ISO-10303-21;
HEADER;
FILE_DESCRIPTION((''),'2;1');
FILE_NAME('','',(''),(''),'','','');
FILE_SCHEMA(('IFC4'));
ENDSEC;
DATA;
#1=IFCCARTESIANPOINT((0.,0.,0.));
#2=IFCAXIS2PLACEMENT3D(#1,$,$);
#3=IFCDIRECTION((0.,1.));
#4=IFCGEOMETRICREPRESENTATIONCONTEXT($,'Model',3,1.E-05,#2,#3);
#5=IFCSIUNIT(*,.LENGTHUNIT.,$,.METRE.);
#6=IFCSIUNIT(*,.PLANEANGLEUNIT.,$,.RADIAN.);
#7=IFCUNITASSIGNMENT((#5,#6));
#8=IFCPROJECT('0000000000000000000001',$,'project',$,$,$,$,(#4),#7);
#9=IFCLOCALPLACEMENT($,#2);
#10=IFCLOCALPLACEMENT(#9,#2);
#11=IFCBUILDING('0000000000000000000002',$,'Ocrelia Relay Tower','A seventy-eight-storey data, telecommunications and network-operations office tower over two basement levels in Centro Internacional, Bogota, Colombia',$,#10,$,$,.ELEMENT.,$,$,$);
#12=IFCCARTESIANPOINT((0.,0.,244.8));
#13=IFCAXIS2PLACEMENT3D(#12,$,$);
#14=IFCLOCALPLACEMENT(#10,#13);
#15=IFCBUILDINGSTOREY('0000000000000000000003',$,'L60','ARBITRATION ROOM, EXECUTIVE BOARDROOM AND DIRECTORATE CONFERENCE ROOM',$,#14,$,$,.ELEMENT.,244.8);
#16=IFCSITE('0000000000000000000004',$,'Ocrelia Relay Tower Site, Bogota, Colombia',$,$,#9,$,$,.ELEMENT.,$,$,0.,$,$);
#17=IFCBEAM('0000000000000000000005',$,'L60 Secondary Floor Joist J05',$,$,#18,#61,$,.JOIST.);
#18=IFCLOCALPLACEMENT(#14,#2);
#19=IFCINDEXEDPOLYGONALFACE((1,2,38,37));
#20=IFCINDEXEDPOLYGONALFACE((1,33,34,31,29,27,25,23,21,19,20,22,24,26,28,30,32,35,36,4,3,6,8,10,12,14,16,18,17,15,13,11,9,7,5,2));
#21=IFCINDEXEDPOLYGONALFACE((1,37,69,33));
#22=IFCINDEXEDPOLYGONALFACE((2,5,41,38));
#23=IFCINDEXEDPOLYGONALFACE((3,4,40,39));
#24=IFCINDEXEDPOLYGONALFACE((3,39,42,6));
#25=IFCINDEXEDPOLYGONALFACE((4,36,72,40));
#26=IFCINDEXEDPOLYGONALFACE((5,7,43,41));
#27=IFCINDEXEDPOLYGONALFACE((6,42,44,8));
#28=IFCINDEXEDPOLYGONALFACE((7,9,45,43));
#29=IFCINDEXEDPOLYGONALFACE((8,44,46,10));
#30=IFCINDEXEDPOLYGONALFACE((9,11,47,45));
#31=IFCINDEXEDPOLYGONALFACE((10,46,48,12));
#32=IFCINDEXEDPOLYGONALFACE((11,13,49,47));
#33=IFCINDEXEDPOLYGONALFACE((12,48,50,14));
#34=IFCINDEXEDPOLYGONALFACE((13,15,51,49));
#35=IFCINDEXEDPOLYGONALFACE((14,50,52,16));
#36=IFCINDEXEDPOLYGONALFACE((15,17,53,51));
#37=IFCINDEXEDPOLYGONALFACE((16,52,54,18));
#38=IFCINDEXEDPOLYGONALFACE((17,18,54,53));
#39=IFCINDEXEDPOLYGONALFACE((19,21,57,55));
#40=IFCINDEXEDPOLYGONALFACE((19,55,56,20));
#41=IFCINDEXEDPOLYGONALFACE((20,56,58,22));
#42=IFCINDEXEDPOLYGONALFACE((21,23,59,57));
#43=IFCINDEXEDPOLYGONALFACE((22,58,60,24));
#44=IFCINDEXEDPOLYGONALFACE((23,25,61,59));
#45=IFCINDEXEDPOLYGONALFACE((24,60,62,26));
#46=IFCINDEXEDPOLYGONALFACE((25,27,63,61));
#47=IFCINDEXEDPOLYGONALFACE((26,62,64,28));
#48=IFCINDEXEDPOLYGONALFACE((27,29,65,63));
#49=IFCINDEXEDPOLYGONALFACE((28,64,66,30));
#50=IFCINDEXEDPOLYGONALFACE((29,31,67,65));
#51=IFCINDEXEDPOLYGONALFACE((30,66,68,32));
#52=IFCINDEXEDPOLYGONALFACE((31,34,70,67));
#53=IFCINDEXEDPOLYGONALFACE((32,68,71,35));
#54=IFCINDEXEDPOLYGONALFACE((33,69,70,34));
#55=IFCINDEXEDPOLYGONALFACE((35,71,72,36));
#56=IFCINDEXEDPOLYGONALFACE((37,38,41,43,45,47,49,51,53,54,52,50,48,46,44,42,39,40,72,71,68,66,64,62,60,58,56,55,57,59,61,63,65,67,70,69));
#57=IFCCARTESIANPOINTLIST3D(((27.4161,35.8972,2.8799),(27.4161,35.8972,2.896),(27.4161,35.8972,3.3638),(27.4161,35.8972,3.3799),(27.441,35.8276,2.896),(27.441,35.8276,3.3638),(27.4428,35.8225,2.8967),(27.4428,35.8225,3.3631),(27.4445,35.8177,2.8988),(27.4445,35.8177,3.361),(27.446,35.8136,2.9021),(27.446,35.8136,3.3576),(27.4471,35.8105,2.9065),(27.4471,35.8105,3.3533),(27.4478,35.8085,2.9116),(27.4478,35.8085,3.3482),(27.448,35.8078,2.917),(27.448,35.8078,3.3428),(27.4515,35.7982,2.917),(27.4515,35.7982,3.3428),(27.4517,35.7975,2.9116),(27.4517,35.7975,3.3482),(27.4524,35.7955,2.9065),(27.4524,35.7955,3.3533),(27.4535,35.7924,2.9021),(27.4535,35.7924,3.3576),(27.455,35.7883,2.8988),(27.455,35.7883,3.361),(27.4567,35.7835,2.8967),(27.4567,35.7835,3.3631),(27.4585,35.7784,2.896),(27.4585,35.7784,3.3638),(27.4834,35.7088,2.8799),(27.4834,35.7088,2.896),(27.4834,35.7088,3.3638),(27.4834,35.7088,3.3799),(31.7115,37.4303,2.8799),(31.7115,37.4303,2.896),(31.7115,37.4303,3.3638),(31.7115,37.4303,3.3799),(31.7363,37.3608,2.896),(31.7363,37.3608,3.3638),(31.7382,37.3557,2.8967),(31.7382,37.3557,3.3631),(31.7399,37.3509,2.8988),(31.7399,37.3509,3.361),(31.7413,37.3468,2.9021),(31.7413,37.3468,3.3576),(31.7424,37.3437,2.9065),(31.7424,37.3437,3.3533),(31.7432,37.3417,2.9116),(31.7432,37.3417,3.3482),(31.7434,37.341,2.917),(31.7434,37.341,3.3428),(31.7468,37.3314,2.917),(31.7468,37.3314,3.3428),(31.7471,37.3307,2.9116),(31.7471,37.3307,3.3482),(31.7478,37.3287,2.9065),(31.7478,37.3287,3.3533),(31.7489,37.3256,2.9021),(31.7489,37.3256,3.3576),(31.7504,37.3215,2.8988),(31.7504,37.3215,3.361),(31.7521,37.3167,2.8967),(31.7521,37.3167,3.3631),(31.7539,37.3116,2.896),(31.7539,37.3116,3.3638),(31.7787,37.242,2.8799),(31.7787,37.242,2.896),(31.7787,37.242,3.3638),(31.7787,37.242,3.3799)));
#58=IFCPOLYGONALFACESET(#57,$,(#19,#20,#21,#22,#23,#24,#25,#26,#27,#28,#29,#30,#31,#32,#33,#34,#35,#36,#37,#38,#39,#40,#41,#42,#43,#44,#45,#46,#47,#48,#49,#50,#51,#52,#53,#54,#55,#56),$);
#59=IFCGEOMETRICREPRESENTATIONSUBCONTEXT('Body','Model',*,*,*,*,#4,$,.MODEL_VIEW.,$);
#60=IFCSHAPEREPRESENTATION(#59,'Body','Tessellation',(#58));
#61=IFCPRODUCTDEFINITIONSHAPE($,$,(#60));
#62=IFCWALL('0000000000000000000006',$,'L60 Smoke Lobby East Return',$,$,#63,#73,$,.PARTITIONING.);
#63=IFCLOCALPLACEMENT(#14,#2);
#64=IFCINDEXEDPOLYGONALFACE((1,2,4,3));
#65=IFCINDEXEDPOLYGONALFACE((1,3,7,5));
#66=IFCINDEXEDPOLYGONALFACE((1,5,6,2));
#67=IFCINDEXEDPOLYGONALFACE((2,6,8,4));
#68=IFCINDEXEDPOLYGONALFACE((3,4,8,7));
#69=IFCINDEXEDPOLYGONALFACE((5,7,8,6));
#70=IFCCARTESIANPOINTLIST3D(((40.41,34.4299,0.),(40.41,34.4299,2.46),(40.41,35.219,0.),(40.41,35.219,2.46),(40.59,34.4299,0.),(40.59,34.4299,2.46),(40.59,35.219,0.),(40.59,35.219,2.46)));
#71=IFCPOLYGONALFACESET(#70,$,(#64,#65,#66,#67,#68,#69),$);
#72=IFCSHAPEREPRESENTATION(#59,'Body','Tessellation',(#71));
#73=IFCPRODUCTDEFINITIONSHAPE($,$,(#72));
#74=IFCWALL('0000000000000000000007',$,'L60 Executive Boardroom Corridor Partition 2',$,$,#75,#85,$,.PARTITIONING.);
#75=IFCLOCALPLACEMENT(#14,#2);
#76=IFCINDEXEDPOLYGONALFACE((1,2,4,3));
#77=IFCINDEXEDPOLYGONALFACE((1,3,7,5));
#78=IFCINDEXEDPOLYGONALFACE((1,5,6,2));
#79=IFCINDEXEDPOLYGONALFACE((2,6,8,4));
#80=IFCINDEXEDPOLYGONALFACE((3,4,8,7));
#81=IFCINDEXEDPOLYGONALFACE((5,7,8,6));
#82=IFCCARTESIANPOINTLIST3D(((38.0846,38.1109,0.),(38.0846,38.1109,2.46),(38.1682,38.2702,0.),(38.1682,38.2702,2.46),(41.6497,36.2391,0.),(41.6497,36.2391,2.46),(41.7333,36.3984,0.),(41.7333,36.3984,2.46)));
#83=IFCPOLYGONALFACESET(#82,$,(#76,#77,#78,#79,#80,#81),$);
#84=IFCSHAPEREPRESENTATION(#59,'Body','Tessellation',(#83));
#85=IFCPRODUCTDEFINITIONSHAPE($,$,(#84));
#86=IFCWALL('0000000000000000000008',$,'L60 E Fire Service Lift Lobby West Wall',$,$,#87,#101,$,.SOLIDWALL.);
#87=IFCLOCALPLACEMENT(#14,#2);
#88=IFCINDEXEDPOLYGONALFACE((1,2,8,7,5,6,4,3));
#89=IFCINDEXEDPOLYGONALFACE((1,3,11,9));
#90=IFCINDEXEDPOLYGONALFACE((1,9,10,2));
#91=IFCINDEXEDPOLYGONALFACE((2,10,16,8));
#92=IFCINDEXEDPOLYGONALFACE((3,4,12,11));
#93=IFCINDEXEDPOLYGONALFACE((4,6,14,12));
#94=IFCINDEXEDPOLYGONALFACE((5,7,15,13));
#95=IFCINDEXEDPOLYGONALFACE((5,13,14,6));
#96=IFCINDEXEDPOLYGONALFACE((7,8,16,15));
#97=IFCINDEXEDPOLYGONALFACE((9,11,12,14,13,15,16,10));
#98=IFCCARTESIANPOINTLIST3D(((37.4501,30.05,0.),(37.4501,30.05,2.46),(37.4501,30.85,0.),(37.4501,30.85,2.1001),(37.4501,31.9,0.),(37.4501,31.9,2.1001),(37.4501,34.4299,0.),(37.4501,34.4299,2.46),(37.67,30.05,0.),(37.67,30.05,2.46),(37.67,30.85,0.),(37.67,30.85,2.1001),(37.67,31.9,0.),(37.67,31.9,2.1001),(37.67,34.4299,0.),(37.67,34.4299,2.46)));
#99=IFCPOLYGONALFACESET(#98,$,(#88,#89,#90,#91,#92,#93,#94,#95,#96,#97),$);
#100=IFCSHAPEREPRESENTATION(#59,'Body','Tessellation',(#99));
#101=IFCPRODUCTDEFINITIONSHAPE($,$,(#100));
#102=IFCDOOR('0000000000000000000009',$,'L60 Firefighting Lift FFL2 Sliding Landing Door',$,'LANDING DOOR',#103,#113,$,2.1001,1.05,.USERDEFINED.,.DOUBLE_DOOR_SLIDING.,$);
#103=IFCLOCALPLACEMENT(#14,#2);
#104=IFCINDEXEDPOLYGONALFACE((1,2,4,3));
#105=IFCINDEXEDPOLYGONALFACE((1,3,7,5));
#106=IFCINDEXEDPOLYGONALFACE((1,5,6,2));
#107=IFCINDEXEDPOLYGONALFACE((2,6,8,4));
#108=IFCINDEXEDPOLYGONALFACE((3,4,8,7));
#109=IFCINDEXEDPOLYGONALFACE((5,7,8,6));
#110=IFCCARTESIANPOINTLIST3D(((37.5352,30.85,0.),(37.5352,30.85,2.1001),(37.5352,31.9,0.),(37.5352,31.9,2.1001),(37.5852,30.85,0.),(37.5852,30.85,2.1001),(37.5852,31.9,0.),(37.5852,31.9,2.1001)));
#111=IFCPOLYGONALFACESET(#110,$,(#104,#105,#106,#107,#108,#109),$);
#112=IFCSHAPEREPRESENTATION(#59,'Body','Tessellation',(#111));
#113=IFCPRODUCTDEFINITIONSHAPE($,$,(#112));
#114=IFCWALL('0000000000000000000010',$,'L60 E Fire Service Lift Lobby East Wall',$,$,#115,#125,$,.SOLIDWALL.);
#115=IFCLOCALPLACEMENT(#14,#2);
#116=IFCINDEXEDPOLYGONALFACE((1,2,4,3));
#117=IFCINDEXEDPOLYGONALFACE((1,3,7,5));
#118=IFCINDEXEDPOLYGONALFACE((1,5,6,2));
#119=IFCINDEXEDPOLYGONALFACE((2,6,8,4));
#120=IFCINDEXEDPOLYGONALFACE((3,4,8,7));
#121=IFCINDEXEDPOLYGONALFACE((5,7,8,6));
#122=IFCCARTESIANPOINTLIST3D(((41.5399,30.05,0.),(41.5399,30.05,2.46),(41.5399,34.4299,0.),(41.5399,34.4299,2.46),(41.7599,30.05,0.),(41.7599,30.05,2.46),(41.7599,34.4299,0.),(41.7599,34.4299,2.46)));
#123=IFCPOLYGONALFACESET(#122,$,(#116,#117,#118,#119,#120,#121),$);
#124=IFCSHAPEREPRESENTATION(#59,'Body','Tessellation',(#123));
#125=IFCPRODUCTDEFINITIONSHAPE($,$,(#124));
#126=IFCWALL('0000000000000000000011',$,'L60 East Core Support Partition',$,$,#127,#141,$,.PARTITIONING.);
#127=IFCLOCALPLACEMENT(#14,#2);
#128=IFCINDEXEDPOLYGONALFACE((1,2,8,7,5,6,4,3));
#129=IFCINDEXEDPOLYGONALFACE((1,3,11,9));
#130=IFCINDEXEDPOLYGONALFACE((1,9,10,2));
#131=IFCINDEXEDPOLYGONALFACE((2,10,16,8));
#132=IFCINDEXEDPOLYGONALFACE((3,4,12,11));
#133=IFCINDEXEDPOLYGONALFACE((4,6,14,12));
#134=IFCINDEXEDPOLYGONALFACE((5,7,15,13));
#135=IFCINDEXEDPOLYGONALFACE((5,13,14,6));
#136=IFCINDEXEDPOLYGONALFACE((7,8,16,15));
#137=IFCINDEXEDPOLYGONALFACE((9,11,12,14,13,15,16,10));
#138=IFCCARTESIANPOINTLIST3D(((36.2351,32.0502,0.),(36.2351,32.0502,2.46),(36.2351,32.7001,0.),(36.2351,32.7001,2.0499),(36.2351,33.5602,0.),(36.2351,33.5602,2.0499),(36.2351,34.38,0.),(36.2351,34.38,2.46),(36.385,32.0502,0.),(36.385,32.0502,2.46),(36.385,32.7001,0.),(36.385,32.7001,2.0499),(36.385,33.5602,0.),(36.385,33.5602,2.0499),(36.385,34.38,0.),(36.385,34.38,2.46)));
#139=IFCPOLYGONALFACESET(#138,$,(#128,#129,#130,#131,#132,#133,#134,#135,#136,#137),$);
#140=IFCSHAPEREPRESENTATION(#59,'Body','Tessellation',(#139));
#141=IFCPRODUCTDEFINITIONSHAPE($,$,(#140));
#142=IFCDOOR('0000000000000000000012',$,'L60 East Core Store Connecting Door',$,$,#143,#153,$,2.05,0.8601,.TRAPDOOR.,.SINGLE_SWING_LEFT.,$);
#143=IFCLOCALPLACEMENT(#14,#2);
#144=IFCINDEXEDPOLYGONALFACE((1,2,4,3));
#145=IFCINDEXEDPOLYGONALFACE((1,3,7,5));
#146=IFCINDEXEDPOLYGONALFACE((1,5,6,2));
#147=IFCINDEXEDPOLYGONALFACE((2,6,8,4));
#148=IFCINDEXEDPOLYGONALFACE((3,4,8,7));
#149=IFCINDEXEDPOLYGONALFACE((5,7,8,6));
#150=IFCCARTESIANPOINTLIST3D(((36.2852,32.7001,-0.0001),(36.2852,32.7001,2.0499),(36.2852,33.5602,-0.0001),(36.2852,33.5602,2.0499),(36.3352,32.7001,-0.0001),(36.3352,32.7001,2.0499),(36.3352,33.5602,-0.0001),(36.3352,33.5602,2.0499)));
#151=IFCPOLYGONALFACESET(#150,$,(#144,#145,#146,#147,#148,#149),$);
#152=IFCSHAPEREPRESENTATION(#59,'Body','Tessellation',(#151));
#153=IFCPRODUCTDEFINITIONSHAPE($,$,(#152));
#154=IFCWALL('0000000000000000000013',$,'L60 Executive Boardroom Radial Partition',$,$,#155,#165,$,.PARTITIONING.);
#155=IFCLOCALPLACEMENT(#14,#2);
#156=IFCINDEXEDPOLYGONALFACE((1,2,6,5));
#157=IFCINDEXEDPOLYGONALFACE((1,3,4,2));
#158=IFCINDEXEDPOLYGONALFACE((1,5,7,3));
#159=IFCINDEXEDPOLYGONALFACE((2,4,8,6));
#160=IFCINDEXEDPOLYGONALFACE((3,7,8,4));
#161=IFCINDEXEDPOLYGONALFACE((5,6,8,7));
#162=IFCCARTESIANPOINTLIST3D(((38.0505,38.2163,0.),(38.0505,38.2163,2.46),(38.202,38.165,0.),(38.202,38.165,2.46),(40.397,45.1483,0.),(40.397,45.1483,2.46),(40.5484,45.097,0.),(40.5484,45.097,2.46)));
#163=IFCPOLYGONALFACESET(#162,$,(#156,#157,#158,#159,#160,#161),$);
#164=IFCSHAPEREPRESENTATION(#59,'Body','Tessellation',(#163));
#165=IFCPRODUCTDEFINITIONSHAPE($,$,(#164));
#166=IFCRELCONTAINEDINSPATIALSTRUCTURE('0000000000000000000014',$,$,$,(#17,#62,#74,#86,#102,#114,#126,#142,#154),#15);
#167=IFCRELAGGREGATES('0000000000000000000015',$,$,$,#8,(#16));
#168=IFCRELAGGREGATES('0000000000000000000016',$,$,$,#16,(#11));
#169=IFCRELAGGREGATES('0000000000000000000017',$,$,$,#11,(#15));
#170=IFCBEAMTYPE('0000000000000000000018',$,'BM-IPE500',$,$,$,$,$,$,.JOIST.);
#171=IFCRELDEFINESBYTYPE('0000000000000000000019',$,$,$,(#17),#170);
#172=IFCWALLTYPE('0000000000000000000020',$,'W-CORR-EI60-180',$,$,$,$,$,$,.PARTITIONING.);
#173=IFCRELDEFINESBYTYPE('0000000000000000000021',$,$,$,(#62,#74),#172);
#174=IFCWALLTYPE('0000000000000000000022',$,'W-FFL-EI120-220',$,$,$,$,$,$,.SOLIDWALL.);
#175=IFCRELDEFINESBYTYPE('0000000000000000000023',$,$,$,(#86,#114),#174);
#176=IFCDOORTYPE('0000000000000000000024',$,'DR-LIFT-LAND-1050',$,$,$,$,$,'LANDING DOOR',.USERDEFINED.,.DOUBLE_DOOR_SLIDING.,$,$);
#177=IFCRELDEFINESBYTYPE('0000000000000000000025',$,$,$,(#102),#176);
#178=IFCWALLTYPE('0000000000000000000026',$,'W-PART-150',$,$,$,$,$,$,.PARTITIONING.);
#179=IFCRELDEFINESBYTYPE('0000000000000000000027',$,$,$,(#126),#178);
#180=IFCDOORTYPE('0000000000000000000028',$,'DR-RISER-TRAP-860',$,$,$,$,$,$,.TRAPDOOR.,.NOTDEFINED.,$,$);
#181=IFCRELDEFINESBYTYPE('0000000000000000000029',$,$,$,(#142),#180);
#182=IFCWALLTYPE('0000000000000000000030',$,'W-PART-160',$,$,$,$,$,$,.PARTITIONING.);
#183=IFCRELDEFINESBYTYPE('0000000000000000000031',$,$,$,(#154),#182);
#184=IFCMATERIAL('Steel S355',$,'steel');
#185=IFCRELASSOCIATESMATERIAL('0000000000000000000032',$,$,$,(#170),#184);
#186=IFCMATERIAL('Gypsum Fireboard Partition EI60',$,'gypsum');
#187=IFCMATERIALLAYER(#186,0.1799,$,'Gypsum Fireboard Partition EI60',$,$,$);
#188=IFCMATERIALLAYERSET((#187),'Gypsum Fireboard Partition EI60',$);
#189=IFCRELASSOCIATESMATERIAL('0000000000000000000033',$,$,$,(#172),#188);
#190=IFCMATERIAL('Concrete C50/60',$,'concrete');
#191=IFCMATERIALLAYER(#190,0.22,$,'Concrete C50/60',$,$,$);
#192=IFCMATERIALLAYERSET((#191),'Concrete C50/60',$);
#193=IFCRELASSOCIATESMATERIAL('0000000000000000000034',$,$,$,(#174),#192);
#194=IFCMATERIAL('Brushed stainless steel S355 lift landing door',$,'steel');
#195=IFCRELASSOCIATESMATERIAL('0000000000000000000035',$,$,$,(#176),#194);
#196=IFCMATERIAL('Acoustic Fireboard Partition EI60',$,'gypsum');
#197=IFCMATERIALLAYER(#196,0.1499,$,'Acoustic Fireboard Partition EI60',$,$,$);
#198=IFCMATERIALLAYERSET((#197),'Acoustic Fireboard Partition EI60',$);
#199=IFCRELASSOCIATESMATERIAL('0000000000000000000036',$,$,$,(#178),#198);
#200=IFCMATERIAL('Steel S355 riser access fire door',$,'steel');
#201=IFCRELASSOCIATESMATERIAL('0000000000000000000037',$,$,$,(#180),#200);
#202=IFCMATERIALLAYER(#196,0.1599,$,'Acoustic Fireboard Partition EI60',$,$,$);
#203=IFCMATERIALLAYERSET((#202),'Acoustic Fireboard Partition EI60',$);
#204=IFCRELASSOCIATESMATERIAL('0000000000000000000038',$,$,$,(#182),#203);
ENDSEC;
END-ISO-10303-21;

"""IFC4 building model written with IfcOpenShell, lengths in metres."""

from ifc_helpers import new_model, si_unit, direction, frame, frame_2d, origin, origin_2d, place, context, subcontext, project, spatial, rectangle, i_section, extrude, material, layer, layer_set, material_profile, profile_set, type_object, element, fill, save


model = new_model("IFC4")

# Units and contexts
model_context = context("Model", 3, precision=1e-05, world=origin(), true_north=direction((0.0, 1.0)))
body_context = subcontext(model_context, "Body", "Model", "MODEL_VIEW")
ifc_project = project(units=[si_unit("LENGTHUNIT", "METRE"), si_unit("PLANEANGLEUNIT", "RADIAN")], contexts=[model_context])

# Site, building, storey
site_placement = place(None, origin())
site = spatial("IfcSite", under=ifc_project, at=site_placement, Name="Ocrelia Relay Tower Site, Bogota, Colombia", CompositionType="ELEMENT", RefElevation=0.0)
building_placement = place(site_placement, origin())
building = spatial("IfcBuilding", under=site, at=building_placement, Name="Ocrelia Relay Tower", Description="A seventy-eight-storey data, telecommunications and network-operations office tower over two basement levels in Centro Internacional, Bogota, Colombia", CompositionType="ELEMENT")
storey_placement = place(building_placement, frame((0.0, 0.0, 244.8)))
storey = spatial("IfcBuildingStorey", under=building, at=storey_placement, Name="L60", Description="ARBITRATION ROOM, EXECUTIVE BOARDROOM AND DIRECTORATE CONFERENCE ROOM", CompositionType="ELEMENT", Elevation=244.8)

# Shared definitions
ifc_material_1 = material(Name="Concrete C50/60", Category="concrete")

# Beam
ifc_material_2 = material(Name="Steel S355", Category="steel")
ifc_material_profile_1 = material_profile(ifc_material_2, i_section(OverallWidth=0.2, OverallDepth=0.5, WebThickness=0.0103, FlangeThickness=0.0161, FilletRadius=0.021, at=origin_2d()), Name="IPE 500")
ifc_profile_set_1 = profile_set([ifc_material_profile_1], Name="Steel S355")
beam_type = type_object("IfcBeamType", Name="BM-IPE500", PredefinedType="JOIST", material=ifc_profile_set_1)
beam_1_placement = place(storey_placement, frame((31.7451, 37.3362, 3.1299), z_axis=(-0.941802, -0.336167, 0.0), x_axis=(0.336167, -0.941802, 0.0)))
element("IfcBeam", 1, at=beam_1_placement, inside=storey, type_object=beam_type, Name="L60 Secondary Floor Joist J05", PredefinedType="JOIST", context=body_context, shape_type="SweptSolid", body=[
    extrude(i_section(OverallWidth=0.2, OverallDepth=0.5, WebThickness=0.0103, FlangeThickness=0.0161, FilletRadius=0.021, at=origin_2d()), origin(), (0.0, 0.0, 1.0), 4.5608),
])

# Wall
ifc_material_3 = material(Name="Gypsum Fireboard Partition EI60", Category="gypsum")
ifc_layer_1 = layer(ifc_material_3, 0.1799, Name="Gypsum Fireboard Partition EI60")
ifc_layer_set_1 = layer_set([ifc_layer_1], Name="Gypsum Fireboard Partition EI60")
wall_type_1 = type_object("IfcWallType", Name="W-CORR-EI60-180", PredefinedType="PARTITIONING", material=ifc_layer_set_1)
wall_1_placement = place(storey_placement, frame((40.5, 35.219, 0.0), z_axis=(0.0, 0.0, 1.0), x_axis=(0.0, -1.0, 0.0)))
element("IfcWall", 2, at=wall_1_placement, inside=storey, type_object=wall_type_1, Name="L60 Smoke Lobby East Return", PredefinedType="PARTITIONING", context=body_context, shape_type="SweptSolid", body=[
    extrude(rectangle(XDim=0.7891, YDim=0.1799, at=frame_2d((0.3945, 0.0))), origin(), (0.0, 0.0, 1.0), 2.46),
])

# Wall
wall_2_placement = place(storey_placement, frame((41.6914, 36.3188, 0.0), z_axis=(0.0, 0.0, 1.0), x_axis=(-0.885387, 0.464854, 0.0)))
element("IfcWall", 3, at=wall_2_placement, inside=storey, type_object=wall_type_1, Name="L60 Executive Boardroom Corridor Partition 2", PredefinedType="PARTITIONING", context=body_context, shape_type="SweptSolid", body=[
    extrude(rectangle(XDim=4.0266, YDim=0.1799, at=frame_2d((2.0132, 0.0))), origin(), (0.0, 0.0, 1.0), 2.46),
])

# Wall, opening, door
ifc_layer_2 = layer(ifc_material_1, 0.22, Name="Concrete C50/60")
ifc_layer_set_2 = layer_set([ifc_layer_2], Name="Concrete C50/60")
wall_type_2 = type_object("IfcWallType", Name="W-FFL-EI120-220", PredefinedType="SOLIDWALL", material=ifc_layer_set_2)
wall_3_placement = place(storey_placement, frame((37.5601, 30.05, 0.0), z_axis=(0.0, 0.0, 1.0), x_axis=(0.0, 1.0, 0.0)))
wall_3 = element("IfcWall", 4, at=wall_3_placement, inside=storey, type_object=wall_type_2, Name="L60 E Fire Service Lift Lobby West Wall", PredefinedType="SOLIDWALL", context=body_context, shape_type="SweptSolid", body=[
    extrude(rectangle(XDim=4.3799, YDim=0.22, at=frame_2d((2.1899, 0.0))), origin(), (0.0, 0.0, 1.0), 2.46),
])
opening_1_placement = place(wall_3_placement, frame((0.8, 0.0, 0.0)))
opening_1 = element("IfcOpeningElement", 5, at=opening_1_placement, cuts=wall_3, PredefinedType="OPENING", context=body_context, shape_type="SweptSolid", body=[
    extrude(rectangle(XDim=1.05, YDim=2.1001, at=frame_2d((0.5249, 1.05))), frame((0.0, 0.1201, 0.0), z_axis=(0.0, -1.0, 0.0), x_axis=(1.0, 0.0, 0.0)), (0.0, 0.0, 1.0), 0.24),
])
ifc_material_4 = material(Name="Brushed stainless steel S355 lift landing door", Category="steel")
door_type_1 = type_object("IfcDoorType", Name="DR-LIFT-LAND-1050", ElementType="LANDING DOOR", OperationType="DOUBLE_DOOR_SLIDING", PredefinedType="USERDEFINED", material=ifc_material_4)
door_1_placement = place(opening_1_placement, origin())
door_1 = element("IfcDoor", 6, at=door_1_placement, inside=storey, type_object=door_type_1, Name="L60 Firefighting Lift FFL2 Sliding Landing Door", ObjectType="LANDING DOOR", OperationType="DOUBLE_DOOR_SLIDING", OverallHeight=2.1001, OverallWidth=1.05, PredefinedType="USERDEFINED", context=body_context, shape_type="SweptSolid", body=[
    extrude(rectangle(XDim=1.05, YDim=2.1001, at=frame_2d((0.5249, 1.05))), frame((0.0, 0.0249, 0.0), z_axis=(0.0, -1.0, 0.0), x_axis=(1.0, 0.0, 0.0)), (0.0, 0.0, 1.0), 0.05),
])
fill(opening_1, door_1)

# Wall
wall_4_placement = place(storey_placement, frame((41.6499, 30.05, 0.0), z_axis=(0.0, 0.0, 1.0), x_axis=(0.0, 1.0, 0.0)))
element("IfcWall", 7, at=wall_4_placement, inside=storey, type_object=wall_type_2, Name="L60 E Fire Service Lift Lobby East Wall", PredefinedType="SOLIDWALL", context=body_context, shape_type="SweptSolid", body=[
    extrude(rectangle(XDim=4.3799, YDim=0.22, at=frame_2d((2.1899, 0.0))), origin(), (0.0, 0.0, 1.0), 2.46),
])

# Wall, opening, door
ifc_material_5 = material(Name="Acoustic Fireboard Partition EI60", Category="gypsum")
ifc_layer_3 = layer(ifc_material_5, 0.1499, Name="Acoustic Fireboard Partition EI60")
ifc_layer_set_3 = layer_set([ifc_layer_3], Name="Acoustic Fireboard Partition EI60")
wall_type_3 = type_object("IfcWallType", Name="W-PART-150", PredefinedType="PARTITIONING", material=ifc_layer_set_3)
wall_5_placement = place(storey_placement, frame((36.3101, 32.05, 0.0), z_axis=(0.0, 0.0, 1.0), x_axis=(0.0, 1.0, 0.0)))
wall_5 = element("IfcWall", 8, at=wall_5_placement, inside=storey, type_object=wall_type_3, Name="L60 East Core Support Partition", PredefinedType="PARTITIONING", context=body_context, shape_type="SweptSolid", body=[
    extrude(rectangle(XDim=2.3298, YDim=0.1499, at=frame_2d((1.165, 0.0))), origin(), (0.0, 0.0, 1.0), 2.46),
])
opening_2_placement = place(wall_5_placement, frame((0.6499, 0.0, 0.0)))
opening_2 = element("IfcOpeningElement", 9, at=opening_2_placement, cuts=wall_5, PredefinedType="OPENING", context=body_context, shape_type="SweptSolid", body=[
    extrude(rectangle(XDim=0.8601, YDim=2.05, at=frame_2d((0.4302, 1.0249))), frame((0.0, 0.085, 0.0), z_axis=(0.0, -1.0, 0.0), x_axis=(1.0, 0.0, 0.0)), (0.0, 0.0, 1.0), 0.1699),
])
ifc_material_6 = material(Name="Steel S355 riser access fire door", Category="steel")
door_type_2 = type_object("IfcDoorType", Name="DR-RISER-TRAP-860", OperationType="NOTDEFINED", PredefinedType="TRAPDOOR", material=ifc_material_6)
door_2_placement = place(opening_2_placement, origin())
door_2 = element("IfcDoor", 10, at=door_2_placement, inside=storey, type_object=door_type_2, Name="L60 East Core Store Connecting Door", OperationType="SINGLE_SWING_LEFT", OverallHeight=2.05, OverallWidth=0.8601, PredefinedType="TRAPDOOR", context=body_context, shape_type="SweptSolid", body=[
    extrude(rectangle(XDim=0.8601, YDim=2.05, at=frame_2d((0.4302, 1.0249))), frame((0.0, 0.0249, 0.0), z_axis=(0.0, -1.0, 0.0), x_axis=(1.0, 0.0, 0.0)), (0.0, 0.0, 1.0), 0.05),
])
fill(opening_2, door_2)

# Wall
ifc_layer_4 = layer(ifc_material_5, 0.1599, Name="Acoustic Fireboard Partition EI60")
ifc_layer_set_4 = layer_set([ifc_layer_4], Name="Acoustic Fireboard Partition EI60")
wall_type_4 = type_object("IfcWallType", Name="W-PART-160", PredefinedType="PARTITIONING", material=ifc_layer_set_4)
wall_6_placement = place(storey_placement, frame((38.1262, 38.1907, 0.0), z_axis=(0.0, 0.0, 1.0), x_axis=(0.320628, 0.947205, 0.0)))
element("IfcWall", 11, at=wall_6_placement, inside=storey, type_object=wall_type_4, Name="L60 Executive Boardroom Radial Partition", PredefinedType="PARTITIONING", context=body_context, shape_type="SweptSolid", body=[
    extrude(rectangle(XDim=7.3184, YDim=0.1599, at=frame_2d((3.6592, 0.0))), origin(), (0.0, 0.0, 1.0), 2.46),
])

save(model, "model.ifc")
